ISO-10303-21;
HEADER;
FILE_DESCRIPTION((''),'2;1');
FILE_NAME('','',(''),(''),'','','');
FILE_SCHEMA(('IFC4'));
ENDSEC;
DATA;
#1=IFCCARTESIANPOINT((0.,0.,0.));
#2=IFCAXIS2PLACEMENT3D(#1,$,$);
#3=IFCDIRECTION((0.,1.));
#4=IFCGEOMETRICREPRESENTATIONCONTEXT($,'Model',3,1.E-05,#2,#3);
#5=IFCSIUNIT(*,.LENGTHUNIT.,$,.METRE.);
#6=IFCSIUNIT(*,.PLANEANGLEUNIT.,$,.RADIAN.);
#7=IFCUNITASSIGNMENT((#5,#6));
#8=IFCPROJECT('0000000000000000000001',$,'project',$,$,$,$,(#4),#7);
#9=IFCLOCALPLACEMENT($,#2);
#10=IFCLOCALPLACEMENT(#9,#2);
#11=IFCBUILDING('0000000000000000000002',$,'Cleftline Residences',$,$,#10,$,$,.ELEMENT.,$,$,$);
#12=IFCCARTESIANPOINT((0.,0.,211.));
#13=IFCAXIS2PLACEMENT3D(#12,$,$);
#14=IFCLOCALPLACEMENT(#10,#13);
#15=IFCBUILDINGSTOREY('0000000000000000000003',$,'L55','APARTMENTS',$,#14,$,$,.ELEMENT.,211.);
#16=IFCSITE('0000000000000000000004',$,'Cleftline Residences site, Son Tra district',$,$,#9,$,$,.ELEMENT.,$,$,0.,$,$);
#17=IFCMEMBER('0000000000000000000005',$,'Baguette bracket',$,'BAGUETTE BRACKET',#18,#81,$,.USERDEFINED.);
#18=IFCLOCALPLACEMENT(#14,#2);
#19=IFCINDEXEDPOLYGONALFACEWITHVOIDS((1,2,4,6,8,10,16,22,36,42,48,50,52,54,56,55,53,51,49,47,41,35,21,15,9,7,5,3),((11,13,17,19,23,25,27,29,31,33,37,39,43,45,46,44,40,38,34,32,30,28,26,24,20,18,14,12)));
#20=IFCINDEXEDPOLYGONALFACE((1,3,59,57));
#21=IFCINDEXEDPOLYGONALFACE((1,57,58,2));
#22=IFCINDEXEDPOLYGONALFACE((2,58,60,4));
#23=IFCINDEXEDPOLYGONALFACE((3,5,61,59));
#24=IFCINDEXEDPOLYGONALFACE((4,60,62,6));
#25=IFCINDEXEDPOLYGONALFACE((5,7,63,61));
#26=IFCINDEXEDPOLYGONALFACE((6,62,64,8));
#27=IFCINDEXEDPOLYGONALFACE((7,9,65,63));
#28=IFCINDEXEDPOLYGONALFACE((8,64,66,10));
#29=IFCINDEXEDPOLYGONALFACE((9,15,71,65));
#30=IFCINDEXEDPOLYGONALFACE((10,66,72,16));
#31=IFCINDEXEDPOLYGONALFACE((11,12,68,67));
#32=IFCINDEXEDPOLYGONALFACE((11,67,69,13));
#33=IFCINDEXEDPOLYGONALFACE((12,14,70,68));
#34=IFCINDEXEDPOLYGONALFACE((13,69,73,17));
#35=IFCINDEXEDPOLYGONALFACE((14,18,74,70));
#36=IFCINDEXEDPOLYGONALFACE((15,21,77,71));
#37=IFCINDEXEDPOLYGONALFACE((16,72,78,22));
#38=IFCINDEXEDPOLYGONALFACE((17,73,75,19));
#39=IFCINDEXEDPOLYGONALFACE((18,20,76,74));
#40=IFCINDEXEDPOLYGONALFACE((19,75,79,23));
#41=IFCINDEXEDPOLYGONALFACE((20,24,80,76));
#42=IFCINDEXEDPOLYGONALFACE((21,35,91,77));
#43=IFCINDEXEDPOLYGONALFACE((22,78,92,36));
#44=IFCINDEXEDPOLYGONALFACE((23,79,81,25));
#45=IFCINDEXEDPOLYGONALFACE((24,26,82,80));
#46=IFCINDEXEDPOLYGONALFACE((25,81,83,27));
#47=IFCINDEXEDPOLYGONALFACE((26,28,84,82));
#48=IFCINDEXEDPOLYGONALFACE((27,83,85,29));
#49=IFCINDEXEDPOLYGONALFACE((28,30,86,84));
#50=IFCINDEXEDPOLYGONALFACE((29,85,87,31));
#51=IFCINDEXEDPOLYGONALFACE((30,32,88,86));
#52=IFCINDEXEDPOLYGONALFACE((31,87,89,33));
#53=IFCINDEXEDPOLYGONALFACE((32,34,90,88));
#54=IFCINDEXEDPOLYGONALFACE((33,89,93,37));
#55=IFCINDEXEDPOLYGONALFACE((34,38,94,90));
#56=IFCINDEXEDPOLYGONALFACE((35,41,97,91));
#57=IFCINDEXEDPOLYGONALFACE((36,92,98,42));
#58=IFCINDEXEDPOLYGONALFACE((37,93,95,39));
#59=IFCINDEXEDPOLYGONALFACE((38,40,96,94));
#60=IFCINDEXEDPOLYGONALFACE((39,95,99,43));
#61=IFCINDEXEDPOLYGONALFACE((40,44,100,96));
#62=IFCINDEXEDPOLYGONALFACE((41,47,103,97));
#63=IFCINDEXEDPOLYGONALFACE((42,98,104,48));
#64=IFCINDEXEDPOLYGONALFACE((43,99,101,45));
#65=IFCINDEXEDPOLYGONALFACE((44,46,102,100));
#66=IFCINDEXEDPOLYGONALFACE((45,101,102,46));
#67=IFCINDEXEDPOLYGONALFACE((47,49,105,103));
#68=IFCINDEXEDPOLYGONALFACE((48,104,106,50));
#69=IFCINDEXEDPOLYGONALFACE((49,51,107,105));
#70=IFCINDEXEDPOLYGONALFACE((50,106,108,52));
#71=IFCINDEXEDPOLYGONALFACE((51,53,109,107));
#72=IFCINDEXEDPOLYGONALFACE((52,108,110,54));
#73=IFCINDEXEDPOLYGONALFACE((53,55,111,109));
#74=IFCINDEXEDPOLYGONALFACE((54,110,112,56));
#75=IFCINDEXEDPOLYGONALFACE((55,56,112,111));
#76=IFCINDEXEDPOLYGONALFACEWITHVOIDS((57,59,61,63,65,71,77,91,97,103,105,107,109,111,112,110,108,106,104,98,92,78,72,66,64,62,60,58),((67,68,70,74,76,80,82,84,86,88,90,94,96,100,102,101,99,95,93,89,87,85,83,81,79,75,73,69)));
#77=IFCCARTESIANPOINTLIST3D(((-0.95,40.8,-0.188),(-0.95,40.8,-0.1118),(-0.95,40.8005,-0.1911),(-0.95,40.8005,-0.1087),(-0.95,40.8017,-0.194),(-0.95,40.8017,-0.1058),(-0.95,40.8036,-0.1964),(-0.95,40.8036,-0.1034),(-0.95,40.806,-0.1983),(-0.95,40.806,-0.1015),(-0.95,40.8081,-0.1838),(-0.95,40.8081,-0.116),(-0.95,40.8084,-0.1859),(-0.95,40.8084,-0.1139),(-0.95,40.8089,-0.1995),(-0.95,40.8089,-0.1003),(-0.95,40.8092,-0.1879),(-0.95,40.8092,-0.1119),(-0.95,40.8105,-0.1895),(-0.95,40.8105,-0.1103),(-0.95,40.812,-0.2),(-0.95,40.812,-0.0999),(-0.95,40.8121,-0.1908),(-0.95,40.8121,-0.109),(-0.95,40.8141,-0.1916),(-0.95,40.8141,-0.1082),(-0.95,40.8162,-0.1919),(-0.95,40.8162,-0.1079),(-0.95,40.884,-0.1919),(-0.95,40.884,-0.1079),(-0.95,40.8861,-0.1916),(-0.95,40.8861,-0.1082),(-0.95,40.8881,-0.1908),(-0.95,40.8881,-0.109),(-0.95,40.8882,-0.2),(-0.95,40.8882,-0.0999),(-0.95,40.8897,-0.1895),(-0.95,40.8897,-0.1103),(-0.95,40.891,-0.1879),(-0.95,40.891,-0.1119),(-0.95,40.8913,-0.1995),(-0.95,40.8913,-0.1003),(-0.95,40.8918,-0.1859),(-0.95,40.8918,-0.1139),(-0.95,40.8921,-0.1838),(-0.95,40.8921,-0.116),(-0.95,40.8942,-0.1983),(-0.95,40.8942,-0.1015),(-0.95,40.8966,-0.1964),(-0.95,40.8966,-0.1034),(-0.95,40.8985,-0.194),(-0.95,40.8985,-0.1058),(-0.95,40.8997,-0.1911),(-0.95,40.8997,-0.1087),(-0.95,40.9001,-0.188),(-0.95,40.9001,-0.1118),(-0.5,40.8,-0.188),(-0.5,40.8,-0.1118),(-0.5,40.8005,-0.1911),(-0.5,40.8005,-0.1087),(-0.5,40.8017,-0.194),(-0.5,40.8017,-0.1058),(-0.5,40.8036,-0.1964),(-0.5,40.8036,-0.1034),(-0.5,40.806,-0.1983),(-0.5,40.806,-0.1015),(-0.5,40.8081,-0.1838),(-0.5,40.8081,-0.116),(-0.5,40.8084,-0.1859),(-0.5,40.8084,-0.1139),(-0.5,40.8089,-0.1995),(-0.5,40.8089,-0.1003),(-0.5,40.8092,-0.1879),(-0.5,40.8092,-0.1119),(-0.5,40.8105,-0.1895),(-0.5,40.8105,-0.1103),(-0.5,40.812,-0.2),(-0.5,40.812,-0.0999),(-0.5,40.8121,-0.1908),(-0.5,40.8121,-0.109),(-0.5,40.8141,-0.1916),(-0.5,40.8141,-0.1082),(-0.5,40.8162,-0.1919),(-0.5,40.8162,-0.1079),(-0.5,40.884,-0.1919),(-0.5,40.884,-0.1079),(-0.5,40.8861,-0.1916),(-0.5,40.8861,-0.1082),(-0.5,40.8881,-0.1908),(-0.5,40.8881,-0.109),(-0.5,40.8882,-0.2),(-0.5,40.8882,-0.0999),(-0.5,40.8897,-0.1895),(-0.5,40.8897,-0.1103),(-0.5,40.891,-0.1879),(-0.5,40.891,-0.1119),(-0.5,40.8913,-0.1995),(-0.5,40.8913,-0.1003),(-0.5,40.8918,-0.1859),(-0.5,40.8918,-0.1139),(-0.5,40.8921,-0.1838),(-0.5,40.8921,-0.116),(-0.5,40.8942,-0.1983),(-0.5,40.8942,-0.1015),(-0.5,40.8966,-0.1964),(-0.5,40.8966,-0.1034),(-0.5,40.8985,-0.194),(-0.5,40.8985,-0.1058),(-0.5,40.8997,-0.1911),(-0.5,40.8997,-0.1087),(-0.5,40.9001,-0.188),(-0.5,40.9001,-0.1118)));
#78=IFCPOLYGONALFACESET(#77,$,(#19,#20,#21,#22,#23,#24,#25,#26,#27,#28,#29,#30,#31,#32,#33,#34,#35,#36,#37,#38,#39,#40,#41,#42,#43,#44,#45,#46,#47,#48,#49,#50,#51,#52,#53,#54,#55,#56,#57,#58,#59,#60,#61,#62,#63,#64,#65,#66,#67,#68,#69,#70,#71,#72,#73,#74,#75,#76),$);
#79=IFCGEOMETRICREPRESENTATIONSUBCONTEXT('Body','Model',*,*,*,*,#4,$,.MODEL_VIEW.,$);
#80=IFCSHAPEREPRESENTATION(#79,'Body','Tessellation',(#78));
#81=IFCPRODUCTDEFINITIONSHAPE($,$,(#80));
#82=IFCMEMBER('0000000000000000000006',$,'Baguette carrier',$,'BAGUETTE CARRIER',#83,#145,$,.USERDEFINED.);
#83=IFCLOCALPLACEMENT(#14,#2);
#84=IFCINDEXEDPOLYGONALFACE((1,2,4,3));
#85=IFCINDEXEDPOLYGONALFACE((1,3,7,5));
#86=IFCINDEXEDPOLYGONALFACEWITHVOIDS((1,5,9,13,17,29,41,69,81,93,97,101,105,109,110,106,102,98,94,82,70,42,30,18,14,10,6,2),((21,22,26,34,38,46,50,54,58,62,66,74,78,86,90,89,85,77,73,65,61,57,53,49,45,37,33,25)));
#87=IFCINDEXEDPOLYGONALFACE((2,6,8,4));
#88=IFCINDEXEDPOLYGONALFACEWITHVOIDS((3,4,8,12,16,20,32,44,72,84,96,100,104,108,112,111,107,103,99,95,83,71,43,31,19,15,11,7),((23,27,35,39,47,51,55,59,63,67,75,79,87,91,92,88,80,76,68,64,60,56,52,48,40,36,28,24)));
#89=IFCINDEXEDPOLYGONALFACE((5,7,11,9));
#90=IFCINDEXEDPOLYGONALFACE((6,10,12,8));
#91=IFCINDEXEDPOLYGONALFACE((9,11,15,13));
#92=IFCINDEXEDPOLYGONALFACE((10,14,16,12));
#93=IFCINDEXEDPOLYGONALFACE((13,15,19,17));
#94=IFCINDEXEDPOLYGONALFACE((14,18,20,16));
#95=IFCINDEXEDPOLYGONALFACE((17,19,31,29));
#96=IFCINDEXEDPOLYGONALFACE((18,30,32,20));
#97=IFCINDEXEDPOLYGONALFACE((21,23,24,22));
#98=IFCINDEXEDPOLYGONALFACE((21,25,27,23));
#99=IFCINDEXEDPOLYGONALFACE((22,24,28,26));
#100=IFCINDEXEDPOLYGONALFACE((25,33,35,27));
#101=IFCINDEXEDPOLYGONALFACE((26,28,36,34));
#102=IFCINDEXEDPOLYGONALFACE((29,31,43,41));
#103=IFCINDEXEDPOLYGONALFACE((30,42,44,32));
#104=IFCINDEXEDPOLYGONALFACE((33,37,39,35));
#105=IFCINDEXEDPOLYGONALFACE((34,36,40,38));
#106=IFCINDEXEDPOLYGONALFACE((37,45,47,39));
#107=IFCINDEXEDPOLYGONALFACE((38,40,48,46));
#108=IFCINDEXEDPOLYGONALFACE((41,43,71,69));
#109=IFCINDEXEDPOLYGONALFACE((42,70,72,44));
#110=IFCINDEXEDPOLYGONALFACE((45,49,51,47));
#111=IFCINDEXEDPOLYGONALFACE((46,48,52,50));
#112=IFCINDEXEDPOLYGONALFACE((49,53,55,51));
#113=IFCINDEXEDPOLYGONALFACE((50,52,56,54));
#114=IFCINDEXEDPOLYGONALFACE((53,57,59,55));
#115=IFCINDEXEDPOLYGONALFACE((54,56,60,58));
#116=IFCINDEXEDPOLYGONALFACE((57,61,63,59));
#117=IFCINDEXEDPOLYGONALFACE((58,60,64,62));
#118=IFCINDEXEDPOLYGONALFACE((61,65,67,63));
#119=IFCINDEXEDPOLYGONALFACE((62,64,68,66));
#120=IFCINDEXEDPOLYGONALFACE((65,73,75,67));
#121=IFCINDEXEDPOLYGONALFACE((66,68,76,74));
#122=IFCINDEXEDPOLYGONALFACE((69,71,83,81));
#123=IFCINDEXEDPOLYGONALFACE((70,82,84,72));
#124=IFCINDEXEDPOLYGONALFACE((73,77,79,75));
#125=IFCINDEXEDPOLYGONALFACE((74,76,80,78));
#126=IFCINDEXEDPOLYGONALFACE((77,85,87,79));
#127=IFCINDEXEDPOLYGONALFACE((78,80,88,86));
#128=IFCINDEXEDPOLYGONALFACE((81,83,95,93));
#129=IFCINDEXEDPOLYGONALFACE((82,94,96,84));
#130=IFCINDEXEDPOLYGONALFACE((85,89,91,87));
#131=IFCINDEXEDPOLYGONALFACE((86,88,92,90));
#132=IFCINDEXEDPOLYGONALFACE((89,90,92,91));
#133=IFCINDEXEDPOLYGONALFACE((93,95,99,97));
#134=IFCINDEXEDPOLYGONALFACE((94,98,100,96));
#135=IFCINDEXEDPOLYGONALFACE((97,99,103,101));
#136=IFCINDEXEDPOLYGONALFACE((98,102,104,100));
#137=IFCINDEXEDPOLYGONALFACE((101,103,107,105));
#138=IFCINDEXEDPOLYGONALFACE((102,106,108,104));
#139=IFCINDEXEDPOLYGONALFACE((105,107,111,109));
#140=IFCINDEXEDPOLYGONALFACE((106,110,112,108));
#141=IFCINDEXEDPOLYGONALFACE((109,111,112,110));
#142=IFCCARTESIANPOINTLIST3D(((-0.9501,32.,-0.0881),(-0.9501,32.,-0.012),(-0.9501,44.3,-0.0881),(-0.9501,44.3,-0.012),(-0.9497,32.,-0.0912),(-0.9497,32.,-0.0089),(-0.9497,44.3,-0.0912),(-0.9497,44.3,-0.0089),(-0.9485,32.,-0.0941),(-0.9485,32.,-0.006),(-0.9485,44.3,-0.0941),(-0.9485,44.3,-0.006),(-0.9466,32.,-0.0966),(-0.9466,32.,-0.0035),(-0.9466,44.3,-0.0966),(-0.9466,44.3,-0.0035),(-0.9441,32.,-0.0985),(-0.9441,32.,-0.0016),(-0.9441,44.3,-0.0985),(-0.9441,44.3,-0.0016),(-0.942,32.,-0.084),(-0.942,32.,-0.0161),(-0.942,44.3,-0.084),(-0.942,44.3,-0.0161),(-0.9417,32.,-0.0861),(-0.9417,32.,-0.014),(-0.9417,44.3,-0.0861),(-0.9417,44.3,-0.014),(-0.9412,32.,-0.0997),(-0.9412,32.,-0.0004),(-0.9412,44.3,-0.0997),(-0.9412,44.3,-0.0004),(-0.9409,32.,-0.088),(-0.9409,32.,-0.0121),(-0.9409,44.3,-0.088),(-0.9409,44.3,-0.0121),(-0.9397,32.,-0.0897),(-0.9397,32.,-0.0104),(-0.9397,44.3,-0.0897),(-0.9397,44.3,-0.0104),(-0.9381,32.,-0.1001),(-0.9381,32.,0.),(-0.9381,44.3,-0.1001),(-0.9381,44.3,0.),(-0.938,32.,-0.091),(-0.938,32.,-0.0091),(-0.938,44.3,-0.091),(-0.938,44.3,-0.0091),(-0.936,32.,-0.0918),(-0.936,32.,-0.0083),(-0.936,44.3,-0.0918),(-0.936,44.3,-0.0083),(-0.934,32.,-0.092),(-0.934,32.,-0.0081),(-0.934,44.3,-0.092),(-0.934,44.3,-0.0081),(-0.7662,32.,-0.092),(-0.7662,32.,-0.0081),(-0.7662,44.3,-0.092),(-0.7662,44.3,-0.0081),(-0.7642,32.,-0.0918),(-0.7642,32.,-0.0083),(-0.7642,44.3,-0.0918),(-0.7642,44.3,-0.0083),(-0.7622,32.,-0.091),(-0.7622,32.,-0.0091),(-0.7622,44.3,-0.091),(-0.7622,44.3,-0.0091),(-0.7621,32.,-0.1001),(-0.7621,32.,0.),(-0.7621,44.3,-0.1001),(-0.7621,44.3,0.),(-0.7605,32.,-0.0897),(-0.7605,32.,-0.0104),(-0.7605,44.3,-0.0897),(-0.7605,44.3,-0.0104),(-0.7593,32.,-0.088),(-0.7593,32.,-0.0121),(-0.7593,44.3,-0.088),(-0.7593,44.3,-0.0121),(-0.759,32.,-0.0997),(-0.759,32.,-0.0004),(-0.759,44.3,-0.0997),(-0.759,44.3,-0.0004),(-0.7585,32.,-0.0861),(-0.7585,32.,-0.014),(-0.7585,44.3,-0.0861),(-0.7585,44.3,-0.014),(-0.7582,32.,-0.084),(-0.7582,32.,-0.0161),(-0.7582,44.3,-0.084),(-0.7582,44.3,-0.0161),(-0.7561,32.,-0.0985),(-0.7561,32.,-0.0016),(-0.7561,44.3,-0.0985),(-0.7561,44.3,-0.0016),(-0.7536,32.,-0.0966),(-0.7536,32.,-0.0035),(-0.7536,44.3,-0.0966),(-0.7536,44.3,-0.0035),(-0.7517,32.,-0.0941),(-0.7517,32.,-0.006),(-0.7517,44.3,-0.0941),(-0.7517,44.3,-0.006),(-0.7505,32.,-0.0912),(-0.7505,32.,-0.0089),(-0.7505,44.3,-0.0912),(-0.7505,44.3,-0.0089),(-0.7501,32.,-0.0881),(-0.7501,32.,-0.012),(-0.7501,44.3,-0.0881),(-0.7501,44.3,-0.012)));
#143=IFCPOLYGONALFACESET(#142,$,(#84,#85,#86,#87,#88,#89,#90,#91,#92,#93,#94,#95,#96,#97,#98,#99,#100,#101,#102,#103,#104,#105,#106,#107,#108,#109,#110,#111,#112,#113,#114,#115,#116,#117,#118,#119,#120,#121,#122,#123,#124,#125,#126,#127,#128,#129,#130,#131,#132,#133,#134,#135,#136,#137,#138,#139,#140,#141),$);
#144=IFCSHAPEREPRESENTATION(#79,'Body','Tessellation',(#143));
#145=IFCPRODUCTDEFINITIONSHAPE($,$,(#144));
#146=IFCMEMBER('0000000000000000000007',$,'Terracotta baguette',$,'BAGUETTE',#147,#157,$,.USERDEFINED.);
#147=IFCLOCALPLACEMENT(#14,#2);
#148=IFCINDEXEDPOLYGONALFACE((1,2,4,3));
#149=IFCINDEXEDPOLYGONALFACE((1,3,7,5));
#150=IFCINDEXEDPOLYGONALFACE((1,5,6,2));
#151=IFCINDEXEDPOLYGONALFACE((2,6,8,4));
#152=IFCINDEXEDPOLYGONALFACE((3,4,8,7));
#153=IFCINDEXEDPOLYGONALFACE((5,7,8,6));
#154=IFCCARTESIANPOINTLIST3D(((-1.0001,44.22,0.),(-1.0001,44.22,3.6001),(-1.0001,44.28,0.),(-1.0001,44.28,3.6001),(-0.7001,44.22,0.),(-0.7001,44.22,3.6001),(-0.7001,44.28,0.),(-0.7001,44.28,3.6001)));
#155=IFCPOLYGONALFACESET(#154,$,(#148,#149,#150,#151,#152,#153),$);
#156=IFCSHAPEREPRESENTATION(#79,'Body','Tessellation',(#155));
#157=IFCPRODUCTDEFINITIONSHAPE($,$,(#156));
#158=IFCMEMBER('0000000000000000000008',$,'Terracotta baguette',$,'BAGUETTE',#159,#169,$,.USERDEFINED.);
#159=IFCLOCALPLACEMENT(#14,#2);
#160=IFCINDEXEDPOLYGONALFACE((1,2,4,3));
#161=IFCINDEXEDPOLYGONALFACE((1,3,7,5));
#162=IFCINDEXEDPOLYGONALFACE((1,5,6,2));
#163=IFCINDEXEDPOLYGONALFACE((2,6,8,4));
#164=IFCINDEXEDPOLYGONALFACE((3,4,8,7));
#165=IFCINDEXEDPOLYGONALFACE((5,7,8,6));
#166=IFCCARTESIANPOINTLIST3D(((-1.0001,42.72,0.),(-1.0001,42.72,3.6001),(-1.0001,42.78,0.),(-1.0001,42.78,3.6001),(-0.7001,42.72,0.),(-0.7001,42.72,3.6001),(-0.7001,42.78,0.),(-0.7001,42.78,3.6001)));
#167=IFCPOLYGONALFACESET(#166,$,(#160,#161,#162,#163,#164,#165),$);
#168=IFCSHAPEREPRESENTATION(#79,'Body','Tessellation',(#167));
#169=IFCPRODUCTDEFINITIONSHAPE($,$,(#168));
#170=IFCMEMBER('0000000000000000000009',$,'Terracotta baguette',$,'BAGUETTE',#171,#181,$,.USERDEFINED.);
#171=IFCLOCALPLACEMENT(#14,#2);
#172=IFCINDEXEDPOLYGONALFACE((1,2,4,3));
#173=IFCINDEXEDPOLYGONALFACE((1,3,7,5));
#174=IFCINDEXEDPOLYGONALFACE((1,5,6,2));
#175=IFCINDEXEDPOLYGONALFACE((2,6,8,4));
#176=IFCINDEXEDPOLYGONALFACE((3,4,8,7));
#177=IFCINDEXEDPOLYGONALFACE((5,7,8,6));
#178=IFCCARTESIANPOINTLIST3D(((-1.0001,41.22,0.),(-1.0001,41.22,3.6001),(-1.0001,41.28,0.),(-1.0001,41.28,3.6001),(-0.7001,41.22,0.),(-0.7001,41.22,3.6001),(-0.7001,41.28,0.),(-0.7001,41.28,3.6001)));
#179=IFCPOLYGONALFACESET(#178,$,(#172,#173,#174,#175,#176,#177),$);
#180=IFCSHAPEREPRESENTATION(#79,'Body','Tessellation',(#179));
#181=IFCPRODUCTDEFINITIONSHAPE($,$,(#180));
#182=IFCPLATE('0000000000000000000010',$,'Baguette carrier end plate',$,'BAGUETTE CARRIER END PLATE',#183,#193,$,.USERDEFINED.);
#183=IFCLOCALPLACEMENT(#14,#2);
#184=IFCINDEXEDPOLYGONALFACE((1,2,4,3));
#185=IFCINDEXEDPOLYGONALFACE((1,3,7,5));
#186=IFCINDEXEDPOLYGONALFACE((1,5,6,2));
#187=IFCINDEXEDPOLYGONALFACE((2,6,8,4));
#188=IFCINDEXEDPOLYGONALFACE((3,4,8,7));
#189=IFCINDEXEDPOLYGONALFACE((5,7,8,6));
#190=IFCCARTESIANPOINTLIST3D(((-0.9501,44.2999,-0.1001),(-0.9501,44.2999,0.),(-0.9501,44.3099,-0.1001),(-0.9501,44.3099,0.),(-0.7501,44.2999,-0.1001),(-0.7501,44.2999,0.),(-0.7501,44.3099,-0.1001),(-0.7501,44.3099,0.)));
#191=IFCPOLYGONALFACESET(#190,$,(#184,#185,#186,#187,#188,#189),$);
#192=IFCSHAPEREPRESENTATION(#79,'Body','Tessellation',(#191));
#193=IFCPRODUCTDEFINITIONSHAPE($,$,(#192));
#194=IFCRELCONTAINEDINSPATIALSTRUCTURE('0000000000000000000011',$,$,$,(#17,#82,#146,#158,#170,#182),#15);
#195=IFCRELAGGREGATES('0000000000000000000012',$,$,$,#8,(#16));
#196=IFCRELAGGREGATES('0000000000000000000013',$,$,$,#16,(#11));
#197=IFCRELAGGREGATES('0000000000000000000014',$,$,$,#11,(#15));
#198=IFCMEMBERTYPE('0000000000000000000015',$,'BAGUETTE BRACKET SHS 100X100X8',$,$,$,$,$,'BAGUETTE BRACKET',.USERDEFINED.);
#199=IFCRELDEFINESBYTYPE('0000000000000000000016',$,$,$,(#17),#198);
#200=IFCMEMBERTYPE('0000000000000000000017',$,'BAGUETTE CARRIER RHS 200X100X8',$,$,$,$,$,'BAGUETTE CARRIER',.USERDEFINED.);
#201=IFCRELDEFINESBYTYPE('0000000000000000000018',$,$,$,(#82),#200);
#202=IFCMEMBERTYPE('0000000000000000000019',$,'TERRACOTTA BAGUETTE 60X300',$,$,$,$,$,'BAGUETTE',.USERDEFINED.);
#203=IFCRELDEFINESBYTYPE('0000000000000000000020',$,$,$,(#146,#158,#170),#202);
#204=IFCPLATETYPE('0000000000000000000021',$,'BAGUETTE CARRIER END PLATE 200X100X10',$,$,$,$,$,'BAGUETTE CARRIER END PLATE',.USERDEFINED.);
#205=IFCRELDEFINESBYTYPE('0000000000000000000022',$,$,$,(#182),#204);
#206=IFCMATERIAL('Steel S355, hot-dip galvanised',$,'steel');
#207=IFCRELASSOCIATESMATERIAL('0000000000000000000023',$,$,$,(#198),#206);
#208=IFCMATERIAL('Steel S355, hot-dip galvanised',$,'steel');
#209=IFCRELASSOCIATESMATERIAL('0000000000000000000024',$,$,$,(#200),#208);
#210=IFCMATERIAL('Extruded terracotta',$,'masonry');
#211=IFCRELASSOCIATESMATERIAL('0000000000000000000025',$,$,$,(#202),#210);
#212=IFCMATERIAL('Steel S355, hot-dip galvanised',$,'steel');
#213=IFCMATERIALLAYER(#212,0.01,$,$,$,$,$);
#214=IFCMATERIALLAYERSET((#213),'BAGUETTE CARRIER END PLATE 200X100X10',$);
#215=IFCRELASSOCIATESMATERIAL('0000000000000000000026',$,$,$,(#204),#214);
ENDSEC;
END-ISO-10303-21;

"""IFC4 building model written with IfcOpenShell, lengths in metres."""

from ifc_helpers import new_model, si_unit, direction, frame, origin, origin_2d, place, context, subcontext, project, spatial, rectangle, hollow_rectangle, extrude, material, layer, layer_set, material_profile, profile_set, type_object, element, save


model = new_model("IFC4")

# Units and contexts
model_context = context("Model", 3, precision=1e-05, world=origin(), true_north=direction((0.0, 1.0)))
body_context = subcontext(model_context, "Body", "Model", "MODEL_VIEW")
ifc_project = project(units=[si_unit("LENGTHUNIT", "METRE"), si_unit("PLANEANGLEUNIT", "RADIAN")], contexts=[model_context])

# Site, building, storey
site_placement = place(None, origin())
site = spatial("IfcSite", under=ifc_project, at=site_placement, Name="Cleftline Residences site, Son Tra district", CompositionType="ELEMENT", RefElevation=0.0)
building_placement = place(site_placement, origin())
building = spatial("IfcBuilding", under=site, at=building_placement, Name="Cleftline Residences", CompositionType="ELEMENT")
storey_placement = place(building_placement, frame((0.0, 0.0, 211.0)))
storey = spatial("IfcBuildingStorey", under=building, at=storey_placement, Name="L55", Description="APARTMENTS", CompositionType="ELEMENT", Elevation=211.0)

# Members
ifc_material_1 = material(Name="Steel S355, hot-dip galvanised", Category="steel")
ifc_material_profile_1 = material_profile(ifc_material_1, hollow_rectangle(XDim=0.1001, YDim=0.1001, WallThickness=0.0081, InnerFilletRadius=0.0081, OuterFilletRadius=0.012, at=origin_2d()))
ifc_profile_set_1 = profile_set([ifc_material_profile_1], Name="Steel S355, hot-dip galvanised")
member_type_1 = type_object("IfcMemberType", Name="BAGUETTE BRACKET SHS 100X100X8", ElementType="BAGUETTE BRACKET", PredefinedType="USERDEFINED", material=ifc_profile_set_1)
member_1_placement = place(storey_placement, frame((-0.5, 40.8501, -0.1499), z_axis=(-1.0, 0.0, 0.0), x_axis=(0.0, -1.0, 0.0)))
element("IfcMember", 1, at=member_1_placement, inside=storey, type_object=member_type_1, Name="Baguette bracket", ObjectType="BAGUETTE BRACKET", PredefinedType="USERDEFINED", context=body_context, shape_type="SweptSolid", body=[
    extrude(hollow_rectangle(XDim=0.1001, YDim=0.1001, WallThickness=0.0081, InnerFilletRadius=0.0081, OuterFilletRadius=0.012, at=origin_2d()), origin(), (0.0, 0.0, 1.0), 0.45),
])
ifc_material_2 = material(Name="Steel S355, hot-dip galvanised", Category="steel")
ifc_material_profile_2 = material_profile(ifc_material_2, hollow_rectangle(XDim=0.1001, YDim=0.2, WallThickness=0.0081, InnerFilletRadius=0.0081, OuterFilletRadius=0.012, at=origin_2d()))
ifc_profile_set_2 = profile_set([ifc_material_profile_2], Name="Steel S355, hot-dip galvanised")
member_type_2 = type_object("IfcMemberType", Name="BAGUETTE CARRIER RHS 200X100X8", ElementType="BAGUETTE CARRIER", PredefinedType="USERDEFINED", material=ifc_profile_set_2)
member_2_placement = place(storey_placement, frame((-0.8501, 44.3, -0.05), z_axis=(0.0, -1.0, 0.0), x_axis=(0.0, 0.0, 1.0)))
element("IfcMember", 2, at=member_2_placement, inside=storey, type_object=member_type_2, Name="Baguette carrier", ObjectType="BAGUETTE CARRIER", PredefinedType="USERDEFINED", context=body_context, shape_type="SweptSolid", body=[
    extrude(hollow_rectangle(XDim=0.1001, YDim=0.2, WallThickness=0.0081, InnerFilletRadius=0.0081, OuterFilletRadius=0.012, at=origin_2d()), origin(), (0.0, 0.0, 1.0), 12.3),
])
ifc_material_3 = material(Name="Extruded terracotta", Category="masonry")
ifc_material_profile_3 = material_profile(ifc_material_3, rectangle(XDim=0.0601, YDim=0.3, at=origin_2d()))
ifc_profile_set_3 = profile_set([ifc_material_profile_3], Name="Extruded terracotta")
member_type_3 = type_object("IfcMemberType", Name="TERRACOTTA BAGUETTE 60X300", ElementType="BAGUETTE", PredefinedType="USERDEFINED", material=ifc_profile_set_3)
for number, where, z_axis, x_axis, name in (
    (3, (-0.8501, 44.25, 0.0), (0.0, 0.0, 1.0), (0.0, 1.0, 0.0), "Terracotta baguette"),
    (4, (-0.8501, 42.75, 0.0), (0.0, 0.0, 1.0), (0.0, 1.0, 0.0), "Terracotta baguette"),
    (5, (-0.8501, 41.25, 0.0), (0.0, 0.0, 1.0), (0.0, 1.0, 0.0), "Terracotta baguette"),
):
    element("IfcMember", number, at=place(storey_placement, frame(where, z_axis=z_axis, x_axis=x_axis)), inside=storey, type_object=member_type_3, Name=name, ObjectType="BAGUETTE", PredefinedType="USERDEFINED", context=body_context, shape_type="SweptSolid", body=[
        extrude(rectangle(XDim=0.0601, YDim=0.3, at=origin_2d()), origin(), (0.0, 0.0, 1.0), 3.6001),
    ])

# Plate
ifc_material_4 = material(Name="Steel S355, hot-dip galvanised", Category="steel")
ifc_layer_1 = layer(ifc_material_4, 0.01)
ifc_layer_set_1 = layer_set([ifc_layer_1], Name="BAGUETTE CARRIER END PLATE 200X100X10")
plate_type = type_object("IfcPlateType", Name="BAGUETTE CARRIER END PLATE 200X100X10", ElementType="BAGUETTE CARRIER END PLATE", PredefinedType="USERDEFINED", material=ifc_layer_set_1)
plate_placement = place(storey_placement, frame((-0.8501, 44.3049, -0.1001), z_axis=(0.0, 0.0, 1.0), x_axis=(-1.0, 0.0, 0.0)))
element("IfcPlate", 6, at=plate_placement, inside=storey, type_object=plate_type, Name="Baguette carrier end plate", ObjectType="BAGUETTE CARRIER END PLATE", PredefinedType="USERDEFINED", context=body_context, shape_type="SweptSolid", body=[
    extrude(rectangle(XDim=0.2, YDim=0.01, at=origin_2d()), origin(), (0.0, 0.0, 1.0), 0.1001),
])

save(model, "model.ifc")
